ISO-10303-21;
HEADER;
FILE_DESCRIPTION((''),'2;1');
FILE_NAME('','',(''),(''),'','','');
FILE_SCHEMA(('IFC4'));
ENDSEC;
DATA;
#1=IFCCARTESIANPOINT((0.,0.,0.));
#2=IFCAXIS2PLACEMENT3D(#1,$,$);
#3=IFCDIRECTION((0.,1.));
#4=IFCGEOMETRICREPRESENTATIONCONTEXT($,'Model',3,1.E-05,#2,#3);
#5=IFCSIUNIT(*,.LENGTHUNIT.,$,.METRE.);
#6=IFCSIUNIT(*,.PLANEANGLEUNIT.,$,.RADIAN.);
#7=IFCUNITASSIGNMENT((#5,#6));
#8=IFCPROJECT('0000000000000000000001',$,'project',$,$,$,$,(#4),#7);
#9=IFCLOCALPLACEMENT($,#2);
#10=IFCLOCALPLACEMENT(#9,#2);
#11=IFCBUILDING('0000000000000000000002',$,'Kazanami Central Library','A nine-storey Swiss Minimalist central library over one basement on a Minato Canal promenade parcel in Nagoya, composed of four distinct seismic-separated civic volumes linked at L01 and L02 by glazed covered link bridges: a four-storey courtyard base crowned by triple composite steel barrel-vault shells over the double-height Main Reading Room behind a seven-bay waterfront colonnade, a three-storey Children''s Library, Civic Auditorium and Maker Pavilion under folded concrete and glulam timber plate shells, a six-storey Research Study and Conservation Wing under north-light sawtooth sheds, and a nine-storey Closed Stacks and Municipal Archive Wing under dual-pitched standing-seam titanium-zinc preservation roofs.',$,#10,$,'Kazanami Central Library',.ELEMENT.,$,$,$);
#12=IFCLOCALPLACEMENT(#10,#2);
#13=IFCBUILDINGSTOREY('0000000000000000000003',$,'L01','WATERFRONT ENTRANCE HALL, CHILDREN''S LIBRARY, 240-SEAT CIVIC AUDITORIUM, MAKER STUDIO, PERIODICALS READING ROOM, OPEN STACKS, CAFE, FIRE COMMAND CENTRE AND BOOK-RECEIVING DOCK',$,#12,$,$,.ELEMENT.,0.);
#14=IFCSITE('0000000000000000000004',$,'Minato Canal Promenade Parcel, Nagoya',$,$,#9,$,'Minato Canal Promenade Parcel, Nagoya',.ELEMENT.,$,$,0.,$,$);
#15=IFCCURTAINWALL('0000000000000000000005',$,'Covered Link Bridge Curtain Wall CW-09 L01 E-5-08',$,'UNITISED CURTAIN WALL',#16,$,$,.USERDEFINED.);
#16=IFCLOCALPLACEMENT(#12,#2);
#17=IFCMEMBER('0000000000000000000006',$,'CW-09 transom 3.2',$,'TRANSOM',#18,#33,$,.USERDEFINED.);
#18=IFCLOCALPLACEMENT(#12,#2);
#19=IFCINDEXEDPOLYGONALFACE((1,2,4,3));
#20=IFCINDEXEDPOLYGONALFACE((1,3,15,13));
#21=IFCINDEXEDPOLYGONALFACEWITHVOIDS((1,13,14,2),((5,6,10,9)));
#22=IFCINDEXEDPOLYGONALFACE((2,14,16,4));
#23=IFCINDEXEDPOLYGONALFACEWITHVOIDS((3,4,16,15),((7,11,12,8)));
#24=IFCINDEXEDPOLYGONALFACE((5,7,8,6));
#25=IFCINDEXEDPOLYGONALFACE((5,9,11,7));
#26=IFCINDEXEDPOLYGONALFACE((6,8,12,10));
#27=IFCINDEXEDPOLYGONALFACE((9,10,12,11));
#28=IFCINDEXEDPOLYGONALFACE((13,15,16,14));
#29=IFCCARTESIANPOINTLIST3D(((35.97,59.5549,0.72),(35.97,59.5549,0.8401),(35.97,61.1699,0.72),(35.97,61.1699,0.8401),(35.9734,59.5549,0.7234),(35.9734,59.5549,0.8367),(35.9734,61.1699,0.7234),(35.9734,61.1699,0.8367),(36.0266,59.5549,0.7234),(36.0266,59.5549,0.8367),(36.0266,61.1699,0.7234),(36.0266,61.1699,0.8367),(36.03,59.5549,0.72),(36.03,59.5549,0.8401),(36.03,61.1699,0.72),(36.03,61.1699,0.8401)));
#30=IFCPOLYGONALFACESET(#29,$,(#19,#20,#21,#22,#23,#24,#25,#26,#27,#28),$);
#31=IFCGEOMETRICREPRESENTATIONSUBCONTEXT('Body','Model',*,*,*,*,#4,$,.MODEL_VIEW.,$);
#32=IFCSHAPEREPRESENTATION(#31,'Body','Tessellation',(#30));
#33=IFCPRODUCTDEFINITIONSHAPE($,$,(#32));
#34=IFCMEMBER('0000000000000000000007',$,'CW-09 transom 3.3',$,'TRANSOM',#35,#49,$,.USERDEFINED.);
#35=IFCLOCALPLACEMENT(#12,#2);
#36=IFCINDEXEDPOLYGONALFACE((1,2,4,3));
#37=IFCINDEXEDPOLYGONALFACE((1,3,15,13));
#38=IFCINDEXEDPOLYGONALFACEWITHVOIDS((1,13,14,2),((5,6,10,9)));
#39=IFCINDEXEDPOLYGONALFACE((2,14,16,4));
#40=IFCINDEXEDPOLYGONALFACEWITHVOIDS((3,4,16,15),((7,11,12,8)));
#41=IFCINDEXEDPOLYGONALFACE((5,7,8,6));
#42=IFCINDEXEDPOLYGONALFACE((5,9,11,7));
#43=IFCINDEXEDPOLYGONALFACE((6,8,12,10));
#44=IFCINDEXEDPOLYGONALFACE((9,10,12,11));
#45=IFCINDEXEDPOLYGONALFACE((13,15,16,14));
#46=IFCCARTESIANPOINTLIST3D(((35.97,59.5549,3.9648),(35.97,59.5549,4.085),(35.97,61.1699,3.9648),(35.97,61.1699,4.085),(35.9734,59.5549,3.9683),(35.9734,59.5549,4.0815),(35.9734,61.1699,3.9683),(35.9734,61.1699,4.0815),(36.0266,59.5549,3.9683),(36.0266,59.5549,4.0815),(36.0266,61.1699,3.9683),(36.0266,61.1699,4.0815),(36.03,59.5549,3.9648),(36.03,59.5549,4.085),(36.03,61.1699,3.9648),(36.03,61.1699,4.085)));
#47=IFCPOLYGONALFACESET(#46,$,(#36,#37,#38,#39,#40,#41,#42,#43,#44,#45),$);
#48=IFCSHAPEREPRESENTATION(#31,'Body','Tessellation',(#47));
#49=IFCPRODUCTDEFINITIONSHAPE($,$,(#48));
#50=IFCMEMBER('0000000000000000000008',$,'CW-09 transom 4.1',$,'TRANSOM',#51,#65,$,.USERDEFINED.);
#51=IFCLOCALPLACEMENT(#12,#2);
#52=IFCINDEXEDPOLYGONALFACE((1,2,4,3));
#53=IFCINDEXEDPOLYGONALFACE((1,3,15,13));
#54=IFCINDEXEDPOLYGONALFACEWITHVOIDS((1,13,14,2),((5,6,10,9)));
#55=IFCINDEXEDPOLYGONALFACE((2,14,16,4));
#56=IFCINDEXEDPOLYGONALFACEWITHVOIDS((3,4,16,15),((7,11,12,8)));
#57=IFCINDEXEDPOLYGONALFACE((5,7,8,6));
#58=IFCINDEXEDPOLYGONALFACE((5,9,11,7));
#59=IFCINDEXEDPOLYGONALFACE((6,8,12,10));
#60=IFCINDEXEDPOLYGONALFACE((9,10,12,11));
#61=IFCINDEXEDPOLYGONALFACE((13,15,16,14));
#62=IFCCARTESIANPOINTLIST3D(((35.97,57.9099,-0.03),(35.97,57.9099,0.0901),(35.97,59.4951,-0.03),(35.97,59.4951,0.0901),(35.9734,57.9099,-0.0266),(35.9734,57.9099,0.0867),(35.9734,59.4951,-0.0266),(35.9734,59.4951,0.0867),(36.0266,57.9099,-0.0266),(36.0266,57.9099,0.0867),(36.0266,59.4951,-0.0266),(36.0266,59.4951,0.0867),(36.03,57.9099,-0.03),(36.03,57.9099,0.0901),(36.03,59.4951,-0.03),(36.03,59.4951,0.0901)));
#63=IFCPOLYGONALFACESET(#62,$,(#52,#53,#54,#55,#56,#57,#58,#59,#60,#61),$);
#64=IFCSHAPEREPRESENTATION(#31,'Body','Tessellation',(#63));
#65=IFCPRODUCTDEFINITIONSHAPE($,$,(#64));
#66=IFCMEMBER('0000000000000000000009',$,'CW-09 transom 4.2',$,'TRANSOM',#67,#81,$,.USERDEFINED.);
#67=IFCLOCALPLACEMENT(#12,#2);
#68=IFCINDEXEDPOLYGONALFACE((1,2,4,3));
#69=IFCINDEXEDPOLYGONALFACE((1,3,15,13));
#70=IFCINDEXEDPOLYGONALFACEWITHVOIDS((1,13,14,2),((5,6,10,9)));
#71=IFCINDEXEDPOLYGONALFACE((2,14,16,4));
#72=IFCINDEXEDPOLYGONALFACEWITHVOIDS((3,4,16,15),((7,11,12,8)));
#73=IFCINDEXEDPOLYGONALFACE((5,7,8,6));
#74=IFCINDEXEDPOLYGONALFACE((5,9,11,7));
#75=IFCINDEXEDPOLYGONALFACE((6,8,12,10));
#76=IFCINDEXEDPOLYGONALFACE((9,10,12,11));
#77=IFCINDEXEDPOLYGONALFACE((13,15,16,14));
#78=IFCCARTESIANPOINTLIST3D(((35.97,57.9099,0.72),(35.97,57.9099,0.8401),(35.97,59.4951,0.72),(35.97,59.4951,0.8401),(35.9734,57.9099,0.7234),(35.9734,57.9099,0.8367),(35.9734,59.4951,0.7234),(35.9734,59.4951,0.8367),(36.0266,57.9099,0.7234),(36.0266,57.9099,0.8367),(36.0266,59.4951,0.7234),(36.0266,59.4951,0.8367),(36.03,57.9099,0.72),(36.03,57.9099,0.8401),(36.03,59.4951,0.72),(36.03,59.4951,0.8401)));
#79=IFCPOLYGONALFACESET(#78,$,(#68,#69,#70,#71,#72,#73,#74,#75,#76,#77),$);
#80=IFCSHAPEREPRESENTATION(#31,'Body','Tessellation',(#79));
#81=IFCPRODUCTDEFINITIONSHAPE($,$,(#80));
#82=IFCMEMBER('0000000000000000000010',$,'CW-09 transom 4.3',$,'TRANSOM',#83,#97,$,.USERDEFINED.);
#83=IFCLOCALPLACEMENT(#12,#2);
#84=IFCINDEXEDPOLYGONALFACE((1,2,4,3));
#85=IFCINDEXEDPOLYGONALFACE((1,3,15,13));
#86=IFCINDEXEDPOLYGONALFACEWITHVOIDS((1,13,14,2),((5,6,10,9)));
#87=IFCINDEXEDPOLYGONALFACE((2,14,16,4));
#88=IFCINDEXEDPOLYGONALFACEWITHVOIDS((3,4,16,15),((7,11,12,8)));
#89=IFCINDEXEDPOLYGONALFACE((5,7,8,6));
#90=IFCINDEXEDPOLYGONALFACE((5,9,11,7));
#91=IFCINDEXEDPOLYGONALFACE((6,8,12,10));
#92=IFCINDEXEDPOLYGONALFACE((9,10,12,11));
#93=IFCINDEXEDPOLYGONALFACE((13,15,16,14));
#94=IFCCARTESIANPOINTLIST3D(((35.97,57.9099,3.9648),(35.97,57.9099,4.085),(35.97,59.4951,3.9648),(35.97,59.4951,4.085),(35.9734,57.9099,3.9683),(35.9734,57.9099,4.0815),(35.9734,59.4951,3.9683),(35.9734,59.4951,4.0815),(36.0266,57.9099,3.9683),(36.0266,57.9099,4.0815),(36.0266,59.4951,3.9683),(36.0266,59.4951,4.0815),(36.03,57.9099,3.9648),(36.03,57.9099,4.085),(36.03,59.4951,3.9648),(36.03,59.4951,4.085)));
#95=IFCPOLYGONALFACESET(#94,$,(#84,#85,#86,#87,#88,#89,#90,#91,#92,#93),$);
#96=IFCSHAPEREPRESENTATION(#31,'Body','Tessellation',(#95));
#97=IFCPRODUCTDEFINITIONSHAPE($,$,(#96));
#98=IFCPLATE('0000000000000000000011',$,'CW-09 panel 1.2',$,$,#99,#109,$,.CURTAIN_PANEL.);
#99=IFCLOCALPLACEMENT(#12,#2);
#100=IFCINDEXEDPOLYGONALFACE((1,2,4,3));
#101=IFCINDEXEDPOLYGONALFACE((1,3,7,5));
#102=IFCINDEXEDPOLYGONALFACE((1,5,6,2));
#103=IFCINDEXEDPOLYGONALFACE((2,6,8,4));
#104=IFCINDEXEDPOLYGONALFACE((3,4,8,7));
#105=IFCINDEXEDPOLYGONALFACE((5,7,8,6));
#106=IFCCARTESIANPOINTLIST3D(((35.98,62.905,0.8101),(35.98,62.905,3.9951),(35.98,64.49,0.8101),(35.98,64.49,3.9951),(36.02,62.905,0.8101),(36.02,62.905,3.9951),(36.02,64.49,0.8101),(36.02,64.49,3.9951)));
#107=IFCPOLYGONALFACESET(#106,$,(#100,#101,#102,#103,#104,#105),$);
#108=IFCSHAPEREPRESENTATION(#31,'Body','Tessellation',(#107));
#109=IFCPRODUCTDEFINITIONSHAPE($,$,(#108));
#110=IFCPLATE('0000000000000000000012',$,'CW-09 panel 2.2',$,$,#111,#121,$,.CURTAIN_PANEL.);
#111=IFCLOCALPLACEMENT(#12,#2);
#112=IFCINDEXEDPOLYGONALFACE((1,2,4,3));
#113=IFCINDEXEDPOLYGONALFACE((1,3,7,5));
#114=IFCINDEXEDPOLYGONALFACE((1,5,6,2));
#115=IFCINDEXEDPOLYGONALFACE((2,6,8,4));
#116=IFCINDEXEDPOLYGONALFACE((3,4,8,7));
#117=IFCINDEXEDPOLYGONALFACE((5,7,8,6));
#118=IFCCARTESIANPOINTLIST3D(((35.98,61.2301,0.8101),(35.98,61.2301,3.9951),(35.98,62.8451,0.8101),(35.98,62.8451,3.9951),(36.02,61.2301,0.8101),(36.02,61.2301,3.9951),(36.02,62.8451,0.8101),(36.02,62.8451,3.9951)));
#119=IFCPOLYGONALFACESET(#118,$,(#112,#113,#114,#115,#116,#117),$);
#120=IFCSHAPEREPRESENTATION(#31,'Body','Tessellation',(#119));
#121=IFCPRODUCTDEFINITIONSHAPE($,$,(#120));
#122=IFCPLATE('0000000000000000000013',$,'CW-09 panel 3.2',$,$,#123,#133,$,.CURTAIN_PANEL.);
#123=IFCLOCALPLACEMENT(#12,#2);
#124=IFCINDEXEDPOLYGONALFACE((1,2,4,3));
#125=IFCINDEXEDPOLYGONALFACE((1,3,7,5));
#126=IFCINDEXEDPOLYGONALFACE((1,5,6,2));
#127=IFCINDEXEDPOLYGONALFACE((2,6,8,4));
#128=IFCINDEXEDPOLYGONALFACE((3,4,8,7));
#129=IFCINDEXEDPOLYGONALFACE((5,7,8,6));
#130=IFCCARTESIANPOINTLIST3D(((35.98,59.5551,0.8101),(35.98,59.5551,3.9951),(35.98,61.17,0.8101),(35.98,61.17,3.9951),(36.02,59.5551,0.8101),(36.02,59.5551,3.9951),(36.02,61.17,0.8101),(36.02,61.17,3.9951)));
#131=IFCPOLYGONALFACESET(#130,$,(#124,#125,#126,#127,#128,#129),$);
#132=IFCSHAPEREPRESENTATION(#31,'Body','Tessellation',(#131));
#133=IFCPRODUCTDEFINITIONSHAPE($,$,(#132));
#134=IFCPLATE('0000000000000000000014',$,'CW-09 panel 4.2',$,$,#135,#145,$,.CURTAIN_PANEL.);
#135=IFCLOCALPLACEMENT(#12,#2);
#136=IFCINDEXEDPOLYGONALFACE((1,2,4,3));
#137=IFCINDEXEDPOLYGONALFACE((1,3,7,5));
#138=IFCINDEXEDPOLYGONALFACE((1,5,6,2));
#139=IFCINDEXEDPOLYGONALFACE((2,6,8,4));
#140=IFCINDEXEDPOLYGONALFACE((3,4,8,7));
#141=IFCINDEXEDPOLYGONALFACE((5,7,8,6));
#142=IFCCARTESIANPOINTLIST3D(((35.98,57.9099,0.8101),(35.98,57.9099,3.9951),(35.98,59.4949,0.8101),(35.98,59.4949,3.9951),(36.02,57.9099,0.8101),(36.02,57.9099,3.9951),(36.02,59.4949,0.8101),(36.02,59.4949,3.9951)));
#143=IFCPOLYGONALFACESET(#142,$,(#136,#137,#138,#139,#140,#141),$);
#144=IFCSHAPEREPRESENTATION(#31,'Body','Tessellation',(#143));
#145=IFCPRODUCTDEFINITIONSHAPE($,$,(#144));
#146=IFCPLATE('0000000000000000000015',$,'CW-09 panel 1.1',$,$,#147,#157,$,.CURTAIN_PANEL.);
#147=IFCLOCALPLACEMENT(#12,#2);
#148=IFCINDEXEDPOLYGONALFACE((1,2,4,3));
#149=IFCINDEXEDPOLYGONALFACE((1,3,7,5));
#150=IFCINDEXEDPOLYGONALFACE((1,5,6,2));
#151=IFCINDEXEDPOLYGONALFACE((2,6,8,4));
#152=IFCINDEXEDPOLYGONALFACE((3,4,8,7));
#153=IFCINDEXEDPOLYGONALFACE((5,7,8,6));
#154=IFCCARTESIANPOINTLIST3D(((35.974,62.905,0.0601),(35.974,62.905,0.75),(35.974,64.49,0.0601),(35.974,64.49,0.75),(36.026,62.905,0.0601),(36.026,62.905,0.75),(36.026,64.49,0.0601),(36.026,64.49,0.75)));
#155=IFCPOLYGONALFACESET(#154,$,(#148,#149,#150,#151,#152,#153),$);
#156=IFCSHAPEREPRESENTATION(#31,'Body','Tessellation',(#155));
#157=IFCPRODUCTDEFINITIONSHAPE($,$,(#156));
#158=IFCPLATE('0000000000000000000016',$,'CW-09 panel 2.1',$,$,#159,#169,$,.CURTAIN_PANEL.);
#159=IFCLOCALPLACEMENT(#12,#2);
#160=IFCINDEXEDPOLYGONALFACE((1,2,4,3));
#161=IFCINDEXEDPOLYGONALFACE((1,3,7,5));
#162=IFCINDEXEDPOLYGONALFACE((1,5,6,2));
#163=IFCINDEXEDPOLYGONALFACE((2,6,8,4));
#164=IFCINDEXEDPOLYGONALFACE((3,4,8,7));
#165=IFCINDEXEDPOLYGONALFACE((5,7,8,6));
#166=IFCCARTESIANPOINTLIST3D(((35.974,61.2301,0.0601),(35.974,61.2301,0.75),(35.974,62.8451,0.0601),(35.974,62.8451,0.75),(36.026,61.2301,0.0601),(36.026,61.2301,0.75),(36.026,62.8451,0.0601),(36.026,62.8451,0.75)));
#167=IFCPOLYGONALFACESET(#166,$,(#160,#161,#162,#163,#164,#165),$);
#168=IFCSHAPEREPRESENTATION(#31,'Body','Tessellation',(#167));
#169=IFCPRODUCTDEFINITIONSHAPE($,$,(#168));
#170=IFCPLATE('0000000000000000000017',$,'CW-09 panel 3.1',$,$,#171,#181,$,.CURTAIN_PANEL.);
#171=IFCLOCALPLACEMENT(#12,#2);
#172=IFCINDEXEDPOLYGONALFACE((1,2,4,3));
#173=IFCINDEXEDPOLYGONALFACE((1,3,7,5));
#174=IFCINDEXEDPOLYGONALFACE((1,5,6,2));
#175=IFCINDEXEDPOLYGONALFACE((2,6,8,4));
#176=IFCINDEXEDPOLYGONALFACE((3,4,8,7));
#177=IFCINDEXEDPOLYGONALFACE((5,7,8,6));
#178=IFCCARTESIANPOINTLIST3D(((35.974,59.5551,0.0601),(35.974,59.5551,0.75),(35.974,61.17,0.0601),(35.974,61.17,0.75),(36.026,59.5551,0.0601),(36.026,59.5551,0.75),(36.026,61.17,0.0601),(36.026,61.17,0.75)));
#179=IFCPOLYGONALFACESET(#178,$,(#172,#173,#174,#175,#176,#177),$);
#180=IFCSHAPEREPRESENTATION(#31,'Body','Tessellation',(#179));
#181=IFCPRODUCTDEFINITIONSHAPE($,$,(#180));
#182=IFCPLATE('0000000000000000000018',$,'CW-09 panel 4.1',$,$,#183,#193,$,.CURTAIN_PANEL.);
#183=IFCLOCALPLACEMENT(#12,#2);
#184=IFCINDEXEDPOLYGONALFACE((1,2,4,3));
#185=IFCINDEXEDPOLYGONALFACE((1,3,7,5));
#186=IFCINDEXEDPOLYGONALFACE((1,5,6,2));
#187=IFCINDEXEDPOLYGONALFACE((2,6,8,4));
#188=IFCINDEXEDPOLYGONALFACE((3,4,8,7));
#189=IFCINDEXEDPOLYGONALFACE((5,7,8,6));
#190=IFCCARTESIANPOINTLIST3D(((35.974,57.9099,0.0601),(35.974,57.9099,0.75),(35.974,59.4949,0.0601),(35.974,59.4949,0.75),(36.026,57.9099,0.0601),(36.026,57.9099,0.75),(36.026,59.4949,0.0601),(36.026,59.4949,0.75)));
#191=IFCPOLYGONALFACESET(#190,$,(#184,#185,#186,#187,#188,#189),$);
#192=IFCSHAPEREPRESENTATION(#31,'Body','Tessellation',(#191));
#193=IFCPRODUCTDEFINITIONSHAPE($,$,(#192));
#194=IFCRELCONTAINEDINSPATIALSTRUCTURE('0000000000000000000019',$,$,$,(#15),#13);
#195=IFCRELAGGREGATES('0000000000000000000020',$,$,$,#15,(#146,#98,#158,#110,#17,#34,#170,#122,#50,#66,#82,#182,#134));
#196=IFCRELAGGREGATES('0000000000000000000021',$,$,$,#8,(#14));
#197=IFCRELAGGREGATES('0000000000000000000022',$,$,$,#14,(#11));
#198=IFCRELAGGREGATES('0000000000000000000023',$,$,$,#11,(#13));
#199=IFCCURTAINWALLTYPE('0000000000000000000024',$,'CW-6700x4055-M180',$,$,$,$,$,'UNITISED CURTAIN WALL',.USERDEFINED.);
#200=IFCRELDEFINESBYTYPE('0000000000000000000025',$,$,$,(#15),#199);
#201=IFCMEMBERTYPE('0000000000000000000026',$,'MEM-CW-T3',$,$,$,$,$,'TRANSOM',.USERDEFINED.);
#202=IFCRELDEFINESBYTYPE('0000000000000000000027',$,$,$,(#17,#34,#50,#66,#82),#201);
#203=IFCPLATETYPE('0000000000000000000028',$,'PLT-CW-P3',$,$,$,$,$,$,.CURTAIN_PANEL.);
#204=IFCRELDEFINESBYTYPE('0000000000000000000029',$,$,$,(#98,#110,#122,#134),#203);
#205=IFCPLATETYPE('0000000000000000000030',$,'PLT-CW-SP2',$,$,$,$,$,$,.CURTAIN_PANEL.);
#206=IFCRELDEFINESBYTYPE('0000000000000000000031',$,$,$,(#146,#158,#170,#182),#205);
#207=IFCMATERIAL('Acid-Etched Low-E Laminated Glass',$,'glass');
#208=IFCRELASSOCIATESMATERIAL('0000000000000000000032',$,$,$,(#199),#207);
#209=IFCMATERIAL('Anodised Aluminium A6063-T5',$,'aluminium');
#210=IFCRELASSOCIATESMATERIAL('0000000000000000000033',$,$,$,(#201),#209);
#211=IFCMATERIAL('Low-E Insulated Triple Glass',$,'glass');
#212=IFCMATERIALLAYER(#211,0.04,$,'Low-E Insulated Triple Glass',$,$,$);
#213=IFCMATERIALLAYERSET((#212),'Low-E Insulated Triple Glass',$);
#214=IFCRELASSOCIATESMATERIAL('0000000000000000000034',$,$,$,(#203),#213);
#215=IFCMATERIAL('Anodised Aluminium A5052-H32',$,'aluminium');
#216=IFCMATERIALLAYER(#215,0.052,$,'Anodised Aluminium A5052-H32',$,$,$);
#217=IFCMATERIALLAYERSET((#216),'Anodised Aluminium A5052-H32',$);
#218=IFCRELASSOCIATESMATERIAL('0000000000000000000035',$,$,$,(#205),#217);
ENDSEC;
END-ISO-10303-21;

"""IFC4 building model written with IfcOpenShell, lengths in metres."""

from ifc_helpers import new_model, si_unit, direction, frame, origin, origin_2d, place, context, subcontext, project, spatial, rectangle, hollow_rectangle, extrude, material, layer, layer_set, material_profile, profile_set, type_object, element, aggregate, save


model = new_model("IFC4")

# Units and contexts
model_context = context("Model", 3, precision=1e-05, world=origin(), true_north=direction((0.0, 1.0)))
body_context = subcontext(model_context, "Body", "Model", "MODEL_VIEW")
ifc_project = project(units=[si_unit("LENGTHUNIT", "METRE"), si_unit("PLANEANGLEUNIT", "RADIAN")], contexts=[model_context])

# Site, building, storey
site_placement = place(None, origin())
site = spatial("IfcSite", under=ifc_project, at=site_placement, Name="Minato Canal Promenade Parcel, Nagoya", LongName="Minato Canal Promenade Parcel, Nagoya", CompositionType="ELEMENT", RefElevation=0.0)
building_placement = place(site_placement, origin())
building = spatial("IfcBuilding", under=site, at=building_placement, Name="Kazanami Central Library", Description="A nine-storey Swiss Minimalist central library over one basement on a Minato Canal promenade parcel in Nagoya, composed of four distinct seismic-separated civic volumes linked at L01 and L02 by glazed covered link bridges: a four-storey courtyard base crowned by triple composite steel barrel-vault shells over the double-height Main Reading Room behind a seven-bay waterfront colonnade, a three-storey Children's Library, Civic Auditorium and Maker Pavilion under folded concrete and glulam timber plate shells, a six-storey Research Study and Conservation Wing under north-light sawtooth sheds, and a nine-storey Closed Stacks and Municipal Archive Wing under dual-pitched standing-seam titanium-zinc preservation roofs.", LongName="Kazanami Central Library", CompositionType="ELEMENT")
storey_placement = place(building_placement, origin())
storey = spatial("IfcBuildingStorey", under=building, at=storey_placement, Name="L01", Description="WATERFRONT ENTRANCE HALL, CHILDREN'S LIBRARY, 240-SEAT CIVIC AUDITORIUM, MAKER STUDIO, PERIODICALS READING ROOM, OPEN STACKS, CAFE, FIRE COMMAND CENTRE AND BOOK-RECEIVING DOCK", CompositionType="ELEMENT", Elevation=0.0)

# Curtain wall, members, plates
ifc_material_1 = material(Name="Acid-Etched Low-E Laminated Glass", Category="glass")
curtain_wall_type = type_object("IfcCurtainWallType", Name="CW-6700x4055-M180", ElementType="UNITISED CURTAIN WALL", PredefinedType="USERDEFINED", material=ifc_material_1)
curtain_wall_placement = place(storey_placement, origin())
curtain_wall = element("IfcCurtainWall", 1, at=curtain_wall_placement, inside=storey, type_object=curtain_wall_type, Name="Covered Link Bridge Curtain Wall CW-09 L01 E-5-08", ObjectType="UNITISED CURTAIN WALL", PredefinedType="USERDEFINED")
ifc_material_2 = material(Name="Anodised Aluminium A6063-T5", Category="aluminium")
ifc_material_profile_1 = material_profile(ifc_material_2, hollow_rectangle(XDim=0.0601, YDim=0.1201, WallThickness=0.0034, at=origin_2d()), Name="ALU-TRAN-60x120x3.5")
ifc_profile_set_1 = profile_set([ifc_material_profile_1], Name="Anodised Aluminium A6063-T5")
member_type_1 = type_object("IfcMemberType", Name="MEM-CW-T3", ElementType="TRANSOM", PredefinedType="USERDEFINED", material=ifc_profile_set_1)
member_1_placement = place(storey_placement, frame((36.0, 61.1699, 0.78), z_axis=(0.0, -1.0, 0.0), x_axis=(1.0, 0.0, 0.0)))
member_1 = element("IfcMember", 2, at=member_1_placement, type_object=member_type_1, Name="CW-09 transom 3.2", ObjectType="TRANSOM", PredefinedType="USERDEFINED", context=body_context, shape_type="SweptSolid", body=[
    extrude(hollow_rectangle(XDim=0.0601, YDim=0.1201, WallThickness=0.0034, at=origin_2d()), origin(), (0.0, 0.0, 1.0), 1.615),
])
member_2_placement = place(storey_placement, frame((36.0, 61.1699, 4.0249), z_axis=(0.0, -1.0, 0.0), x_axis=(1.0, 0.0, 0.0)))
member_2 = element("IfcMember", 3, at=member_2_placement, type_object=member_type_1, Name="CW-09 transom 3.3", ObjectType="TRANSOM", PredefinedType="USERDEFINED", context=body_context, shape_type="SweptSolid", body=[
    extrude(hollow_rectangle(XDim=0.0601, YDim=0.1201, WallThickness=0.0034, at=origin_2d()), origin(), (0.0, 0.0, 1.0), 1.615),
])
member_3_placement = place(storey_placement, frame((36.0, 59.4951, 0.03), z_axis=(0.0, -1.0, 0.0), x_axis=(1.0, 0.0, 0.0)))
member_3 = element("IfcMember", 4, at=member_3_placement, type_object=member_type_1, Name="CW-09 transom 4.1", ObjectType="TRANSOM", PredefinedType="USERDEFINED", context=body_context, shape_type="SweptSolid", body=[
    extrude(hollow_rectangle(XDim=0.0601, YDim=0.1201, WallThickness=0.0034, at=origin_2d()), origin(), (0.0, 0.0, 1.0), 1.5852),
])
member_4_placement = place(storey_placement, frame((36.0, 59.4951, 0.78), z_axis=(0.0, -1.0, 0.0), x_axis=(1.0, 0.0, 0.0)))
member_4 = element("IfcMember", 5, at=member_4_placement, type_object=member_type_1, Name="CW-09 transom 4.2", ObjectType="TRANSOM", PredefinedType="USERDEFINED", context=body_context, shape_type="SweptSolid", body=[
    extrude(hollow_rectangle(XDim=0.0601, YDim=0.1201, WallThickness=0.0034, at=origin_2d()), origin(), (0.0, 0.0, 1.0), 1.5852),
])
member_5_placement = place(storey_placement, frame((36.0, 59.4951, 4.0249), z_axis=(0.0, -1.0, 0.0), x_axis=(1.0, 0.0, 0.0)))
member_5 = element("IfcMember", 6, at=member_5_placement, type_object=member_type_1, Name="CW-09 transom 4.3", ObjectType="TRANSOM", PredefinedType="USERDEFINED", context=body_context, shape_type="SweptSolid", body=[
    extrude(hollow_rectangle(XDim=0.0601, YDim=0.1201, WallThickness=0.0034, at=origin_2d()), origin(), (0.0, 0.0, 1.0), 1.5852),
])
ifc_material_3 = material(Name="Low-E Insulated Triple Glass", Category="glass")
ifc_layer_1 = layer(ifc_material_3, 0.04, Name="Low-E Insulated Triple Glass")
ifc_layer_set_1 = layer_set([ifc_layer_1], Name="Low-E Insulated Triple Glass")
plate_type_1 = type_object("IfcPlateType", Name="PLT-CW-P3", PredefinedType="CURTAIN_PANEL", material=ifc_layer_set_1)
plate_1_placement = place(storey_placement, frame((36.0, 63.6975, 0.8101), z_axis=(0.0, 0.0, 1.0), x_axis=(0.0, -1.0, 0.0)))
plate_1 = element("IfcPlate", 7, at=plate_1_placement, type_object=plate_type_1, Name="CW-09 panel 1.2", PredefinedType="CURTAIN_PANEL", context=body_context, shape_type="SweptSolid", body=[
    extrude(rectangle(XDim=1.585, YDim=0.04, at=origin_2d()), origin(), (0.0, 0.0, 1.0), 3.1851),
])
plate_2_placement = place(storey_placement, frame((36.0, 62.0376, 0.8101), z_axis=(0.0, 0.0, 1.0), x_axis=(0.0, -1.0, 0.0)))
plate_2 = element("IfcPlate", 8, at=plate_2_placement, type_object=plate_type_1, Name="CW-09 panel 2.2", PredefinedType="CURTAIN_PANEL", context=body_context, shape_type="SweptSolid", body=[
    extrude(rectangle(XDim=1.615, YDim=0.04, at=origin_2d()), origin(), (0.0, 0.0, 1.0), 3.1851),
])
plate_3_placement = place(storey_placement, frame((36.0, 60.3625, 0.8101), z_axis=(0.0, 0.0, 1.0), x_axis=(0.0, -1.0, 0.0)))
plate_3 = element("IfcPlate", 9, at=plate_3_placement, type_object=plate_type_1, Name="CW-09 panel 3.2", PredefinedType="CURTAIN_PANEL", context=body_context, shape_type="SweptSolid", body=[
    extrude(rectangle(XDim=1.615, YDim=0.04, at=origin_2d()), origin(), (0.0, 0.0, 1.0), 3.1851),
])
plate_4_placement = place(storey_placement, frame((36.0, 58.7024, 0.8101), z_axis=(0.0, 0.0, 1.0), x_axis=(0.0, -1.0, 0.0)))
plate_4 = element("IfcPlate", 10, at=plate_4_placement, type_object=plate_type_1, Name="CW-09 panel 4.2", PredefinedType="CURTAIN_PANEL", context=body_context, shape_type="SweptSolid", body=[
    extrude(rectangle(XDim=1.585, YDim=0.04, at=origin_2d()), origin(), (0.0, 0.0, 1.0), 3.1851),
])
ifc_material_4 = material(Name="Anodised Aluminium A5052-H32", Category="aluminium")
ifc_layer_2 = layer(ifc_material_4, 0.052, Name="Anodised Aluminium A5052-H32")
ifc_layer_set_2 = layer_set([ifc_layer_2], Name="Anodised Aluminium A5052-H32")
plate_type_2 = type_object("IfcPlateType", Name="PLT-CW-SP2", PredefinedType="CURTAIN_PANEL", material=ifc_layer_set_2)
plate_5_placement = place(storey_placement, frame((36.0, 63.6975, 0.0601), z_axis=(0.0, 0.0, 1.0), x_axis=(0.0, -1.0, 0.0)))
plate_5 = element("IfcPlate", 11, at=plate_5_placement, type_object=plate_type_2, Name="CW-09 panel 1.1", PredefinedType="CURTAIN_PANEL", context=body_context, shape_type="SweptSolid", body=[
    extrude(rectangle(XDim=1.585, YDim=0.052, at=origin_2d()), origin(), (0.0, 0.0, 1.0), 0.6899),
])
plate_6_placement = place(storey_placement, frame((36.0, 62.0376, 0.0601), z_axis=(0.0, 0.0, 1.0), x_axis=(0.0, -1.0, 0.0)))
plate_6 = element("IfcPlate", 12, at=plate_6_placement, type_object=plate_type_2, Name="CW-09 panel 2.1", PredefinedType="CURTAIN_PANEL", context=body_context, shape_type="SweptSolid", body=[
    extrude(rectangle(XDim=1.615, YDim=0.052, at=origin_2d()), origin(), (0.0, 0.0, 1.0), 0.6899),
])
plate_7_placement = place(storey_placement, frame((36.0, 60.3625, 0.0601), z_axis=(0.0, 0.0, 1.0), x_axis=(0.0, -1.0, 0.0)))
plate_7 = element("IfcPlate", 13, at=plate_7_placement, type_object=plate_type_2, Name="CW-09 panel 3.1", PredefinedType="CURTAIN_PANEL", context=body_context, shape_type="SweptSolid", body=[
    extrude(rectangle(XDim=1.615, YDim=0.052, at=origin_2d()), origin(), (0.0, 0.0, 1.0), 0.6899),
])
plate_8_placement = place(storey_placement, frame((36.0, 58.7024, 0.0601), z_axis=(0.0, 0.0, 1.0), x_axis=(0.0, -1.0, 0.0)))
plate_8 = element("IfcPlate", 14, at=plate_8_placement, type_object=plate_type_2, Name="CW-09 panel 4.1", PredefinedType="CURTAIN_PANEL", context=body_context, shape_type="SweptSolid", body=[
    extrude(rectangle(XDim=1.585, YDim=0.052, at=origin_2d()), origin(), (0.0, 0.0, 1.0), 0.6899),
])
aggregate(curtain_wall, [plate_5, plate_1, plate_6, plate_2, member_1, member_2, plate_7, plate_3, member_3, member_4, member_5, plate_8, plate_4])

save(model, "model.ifc")
